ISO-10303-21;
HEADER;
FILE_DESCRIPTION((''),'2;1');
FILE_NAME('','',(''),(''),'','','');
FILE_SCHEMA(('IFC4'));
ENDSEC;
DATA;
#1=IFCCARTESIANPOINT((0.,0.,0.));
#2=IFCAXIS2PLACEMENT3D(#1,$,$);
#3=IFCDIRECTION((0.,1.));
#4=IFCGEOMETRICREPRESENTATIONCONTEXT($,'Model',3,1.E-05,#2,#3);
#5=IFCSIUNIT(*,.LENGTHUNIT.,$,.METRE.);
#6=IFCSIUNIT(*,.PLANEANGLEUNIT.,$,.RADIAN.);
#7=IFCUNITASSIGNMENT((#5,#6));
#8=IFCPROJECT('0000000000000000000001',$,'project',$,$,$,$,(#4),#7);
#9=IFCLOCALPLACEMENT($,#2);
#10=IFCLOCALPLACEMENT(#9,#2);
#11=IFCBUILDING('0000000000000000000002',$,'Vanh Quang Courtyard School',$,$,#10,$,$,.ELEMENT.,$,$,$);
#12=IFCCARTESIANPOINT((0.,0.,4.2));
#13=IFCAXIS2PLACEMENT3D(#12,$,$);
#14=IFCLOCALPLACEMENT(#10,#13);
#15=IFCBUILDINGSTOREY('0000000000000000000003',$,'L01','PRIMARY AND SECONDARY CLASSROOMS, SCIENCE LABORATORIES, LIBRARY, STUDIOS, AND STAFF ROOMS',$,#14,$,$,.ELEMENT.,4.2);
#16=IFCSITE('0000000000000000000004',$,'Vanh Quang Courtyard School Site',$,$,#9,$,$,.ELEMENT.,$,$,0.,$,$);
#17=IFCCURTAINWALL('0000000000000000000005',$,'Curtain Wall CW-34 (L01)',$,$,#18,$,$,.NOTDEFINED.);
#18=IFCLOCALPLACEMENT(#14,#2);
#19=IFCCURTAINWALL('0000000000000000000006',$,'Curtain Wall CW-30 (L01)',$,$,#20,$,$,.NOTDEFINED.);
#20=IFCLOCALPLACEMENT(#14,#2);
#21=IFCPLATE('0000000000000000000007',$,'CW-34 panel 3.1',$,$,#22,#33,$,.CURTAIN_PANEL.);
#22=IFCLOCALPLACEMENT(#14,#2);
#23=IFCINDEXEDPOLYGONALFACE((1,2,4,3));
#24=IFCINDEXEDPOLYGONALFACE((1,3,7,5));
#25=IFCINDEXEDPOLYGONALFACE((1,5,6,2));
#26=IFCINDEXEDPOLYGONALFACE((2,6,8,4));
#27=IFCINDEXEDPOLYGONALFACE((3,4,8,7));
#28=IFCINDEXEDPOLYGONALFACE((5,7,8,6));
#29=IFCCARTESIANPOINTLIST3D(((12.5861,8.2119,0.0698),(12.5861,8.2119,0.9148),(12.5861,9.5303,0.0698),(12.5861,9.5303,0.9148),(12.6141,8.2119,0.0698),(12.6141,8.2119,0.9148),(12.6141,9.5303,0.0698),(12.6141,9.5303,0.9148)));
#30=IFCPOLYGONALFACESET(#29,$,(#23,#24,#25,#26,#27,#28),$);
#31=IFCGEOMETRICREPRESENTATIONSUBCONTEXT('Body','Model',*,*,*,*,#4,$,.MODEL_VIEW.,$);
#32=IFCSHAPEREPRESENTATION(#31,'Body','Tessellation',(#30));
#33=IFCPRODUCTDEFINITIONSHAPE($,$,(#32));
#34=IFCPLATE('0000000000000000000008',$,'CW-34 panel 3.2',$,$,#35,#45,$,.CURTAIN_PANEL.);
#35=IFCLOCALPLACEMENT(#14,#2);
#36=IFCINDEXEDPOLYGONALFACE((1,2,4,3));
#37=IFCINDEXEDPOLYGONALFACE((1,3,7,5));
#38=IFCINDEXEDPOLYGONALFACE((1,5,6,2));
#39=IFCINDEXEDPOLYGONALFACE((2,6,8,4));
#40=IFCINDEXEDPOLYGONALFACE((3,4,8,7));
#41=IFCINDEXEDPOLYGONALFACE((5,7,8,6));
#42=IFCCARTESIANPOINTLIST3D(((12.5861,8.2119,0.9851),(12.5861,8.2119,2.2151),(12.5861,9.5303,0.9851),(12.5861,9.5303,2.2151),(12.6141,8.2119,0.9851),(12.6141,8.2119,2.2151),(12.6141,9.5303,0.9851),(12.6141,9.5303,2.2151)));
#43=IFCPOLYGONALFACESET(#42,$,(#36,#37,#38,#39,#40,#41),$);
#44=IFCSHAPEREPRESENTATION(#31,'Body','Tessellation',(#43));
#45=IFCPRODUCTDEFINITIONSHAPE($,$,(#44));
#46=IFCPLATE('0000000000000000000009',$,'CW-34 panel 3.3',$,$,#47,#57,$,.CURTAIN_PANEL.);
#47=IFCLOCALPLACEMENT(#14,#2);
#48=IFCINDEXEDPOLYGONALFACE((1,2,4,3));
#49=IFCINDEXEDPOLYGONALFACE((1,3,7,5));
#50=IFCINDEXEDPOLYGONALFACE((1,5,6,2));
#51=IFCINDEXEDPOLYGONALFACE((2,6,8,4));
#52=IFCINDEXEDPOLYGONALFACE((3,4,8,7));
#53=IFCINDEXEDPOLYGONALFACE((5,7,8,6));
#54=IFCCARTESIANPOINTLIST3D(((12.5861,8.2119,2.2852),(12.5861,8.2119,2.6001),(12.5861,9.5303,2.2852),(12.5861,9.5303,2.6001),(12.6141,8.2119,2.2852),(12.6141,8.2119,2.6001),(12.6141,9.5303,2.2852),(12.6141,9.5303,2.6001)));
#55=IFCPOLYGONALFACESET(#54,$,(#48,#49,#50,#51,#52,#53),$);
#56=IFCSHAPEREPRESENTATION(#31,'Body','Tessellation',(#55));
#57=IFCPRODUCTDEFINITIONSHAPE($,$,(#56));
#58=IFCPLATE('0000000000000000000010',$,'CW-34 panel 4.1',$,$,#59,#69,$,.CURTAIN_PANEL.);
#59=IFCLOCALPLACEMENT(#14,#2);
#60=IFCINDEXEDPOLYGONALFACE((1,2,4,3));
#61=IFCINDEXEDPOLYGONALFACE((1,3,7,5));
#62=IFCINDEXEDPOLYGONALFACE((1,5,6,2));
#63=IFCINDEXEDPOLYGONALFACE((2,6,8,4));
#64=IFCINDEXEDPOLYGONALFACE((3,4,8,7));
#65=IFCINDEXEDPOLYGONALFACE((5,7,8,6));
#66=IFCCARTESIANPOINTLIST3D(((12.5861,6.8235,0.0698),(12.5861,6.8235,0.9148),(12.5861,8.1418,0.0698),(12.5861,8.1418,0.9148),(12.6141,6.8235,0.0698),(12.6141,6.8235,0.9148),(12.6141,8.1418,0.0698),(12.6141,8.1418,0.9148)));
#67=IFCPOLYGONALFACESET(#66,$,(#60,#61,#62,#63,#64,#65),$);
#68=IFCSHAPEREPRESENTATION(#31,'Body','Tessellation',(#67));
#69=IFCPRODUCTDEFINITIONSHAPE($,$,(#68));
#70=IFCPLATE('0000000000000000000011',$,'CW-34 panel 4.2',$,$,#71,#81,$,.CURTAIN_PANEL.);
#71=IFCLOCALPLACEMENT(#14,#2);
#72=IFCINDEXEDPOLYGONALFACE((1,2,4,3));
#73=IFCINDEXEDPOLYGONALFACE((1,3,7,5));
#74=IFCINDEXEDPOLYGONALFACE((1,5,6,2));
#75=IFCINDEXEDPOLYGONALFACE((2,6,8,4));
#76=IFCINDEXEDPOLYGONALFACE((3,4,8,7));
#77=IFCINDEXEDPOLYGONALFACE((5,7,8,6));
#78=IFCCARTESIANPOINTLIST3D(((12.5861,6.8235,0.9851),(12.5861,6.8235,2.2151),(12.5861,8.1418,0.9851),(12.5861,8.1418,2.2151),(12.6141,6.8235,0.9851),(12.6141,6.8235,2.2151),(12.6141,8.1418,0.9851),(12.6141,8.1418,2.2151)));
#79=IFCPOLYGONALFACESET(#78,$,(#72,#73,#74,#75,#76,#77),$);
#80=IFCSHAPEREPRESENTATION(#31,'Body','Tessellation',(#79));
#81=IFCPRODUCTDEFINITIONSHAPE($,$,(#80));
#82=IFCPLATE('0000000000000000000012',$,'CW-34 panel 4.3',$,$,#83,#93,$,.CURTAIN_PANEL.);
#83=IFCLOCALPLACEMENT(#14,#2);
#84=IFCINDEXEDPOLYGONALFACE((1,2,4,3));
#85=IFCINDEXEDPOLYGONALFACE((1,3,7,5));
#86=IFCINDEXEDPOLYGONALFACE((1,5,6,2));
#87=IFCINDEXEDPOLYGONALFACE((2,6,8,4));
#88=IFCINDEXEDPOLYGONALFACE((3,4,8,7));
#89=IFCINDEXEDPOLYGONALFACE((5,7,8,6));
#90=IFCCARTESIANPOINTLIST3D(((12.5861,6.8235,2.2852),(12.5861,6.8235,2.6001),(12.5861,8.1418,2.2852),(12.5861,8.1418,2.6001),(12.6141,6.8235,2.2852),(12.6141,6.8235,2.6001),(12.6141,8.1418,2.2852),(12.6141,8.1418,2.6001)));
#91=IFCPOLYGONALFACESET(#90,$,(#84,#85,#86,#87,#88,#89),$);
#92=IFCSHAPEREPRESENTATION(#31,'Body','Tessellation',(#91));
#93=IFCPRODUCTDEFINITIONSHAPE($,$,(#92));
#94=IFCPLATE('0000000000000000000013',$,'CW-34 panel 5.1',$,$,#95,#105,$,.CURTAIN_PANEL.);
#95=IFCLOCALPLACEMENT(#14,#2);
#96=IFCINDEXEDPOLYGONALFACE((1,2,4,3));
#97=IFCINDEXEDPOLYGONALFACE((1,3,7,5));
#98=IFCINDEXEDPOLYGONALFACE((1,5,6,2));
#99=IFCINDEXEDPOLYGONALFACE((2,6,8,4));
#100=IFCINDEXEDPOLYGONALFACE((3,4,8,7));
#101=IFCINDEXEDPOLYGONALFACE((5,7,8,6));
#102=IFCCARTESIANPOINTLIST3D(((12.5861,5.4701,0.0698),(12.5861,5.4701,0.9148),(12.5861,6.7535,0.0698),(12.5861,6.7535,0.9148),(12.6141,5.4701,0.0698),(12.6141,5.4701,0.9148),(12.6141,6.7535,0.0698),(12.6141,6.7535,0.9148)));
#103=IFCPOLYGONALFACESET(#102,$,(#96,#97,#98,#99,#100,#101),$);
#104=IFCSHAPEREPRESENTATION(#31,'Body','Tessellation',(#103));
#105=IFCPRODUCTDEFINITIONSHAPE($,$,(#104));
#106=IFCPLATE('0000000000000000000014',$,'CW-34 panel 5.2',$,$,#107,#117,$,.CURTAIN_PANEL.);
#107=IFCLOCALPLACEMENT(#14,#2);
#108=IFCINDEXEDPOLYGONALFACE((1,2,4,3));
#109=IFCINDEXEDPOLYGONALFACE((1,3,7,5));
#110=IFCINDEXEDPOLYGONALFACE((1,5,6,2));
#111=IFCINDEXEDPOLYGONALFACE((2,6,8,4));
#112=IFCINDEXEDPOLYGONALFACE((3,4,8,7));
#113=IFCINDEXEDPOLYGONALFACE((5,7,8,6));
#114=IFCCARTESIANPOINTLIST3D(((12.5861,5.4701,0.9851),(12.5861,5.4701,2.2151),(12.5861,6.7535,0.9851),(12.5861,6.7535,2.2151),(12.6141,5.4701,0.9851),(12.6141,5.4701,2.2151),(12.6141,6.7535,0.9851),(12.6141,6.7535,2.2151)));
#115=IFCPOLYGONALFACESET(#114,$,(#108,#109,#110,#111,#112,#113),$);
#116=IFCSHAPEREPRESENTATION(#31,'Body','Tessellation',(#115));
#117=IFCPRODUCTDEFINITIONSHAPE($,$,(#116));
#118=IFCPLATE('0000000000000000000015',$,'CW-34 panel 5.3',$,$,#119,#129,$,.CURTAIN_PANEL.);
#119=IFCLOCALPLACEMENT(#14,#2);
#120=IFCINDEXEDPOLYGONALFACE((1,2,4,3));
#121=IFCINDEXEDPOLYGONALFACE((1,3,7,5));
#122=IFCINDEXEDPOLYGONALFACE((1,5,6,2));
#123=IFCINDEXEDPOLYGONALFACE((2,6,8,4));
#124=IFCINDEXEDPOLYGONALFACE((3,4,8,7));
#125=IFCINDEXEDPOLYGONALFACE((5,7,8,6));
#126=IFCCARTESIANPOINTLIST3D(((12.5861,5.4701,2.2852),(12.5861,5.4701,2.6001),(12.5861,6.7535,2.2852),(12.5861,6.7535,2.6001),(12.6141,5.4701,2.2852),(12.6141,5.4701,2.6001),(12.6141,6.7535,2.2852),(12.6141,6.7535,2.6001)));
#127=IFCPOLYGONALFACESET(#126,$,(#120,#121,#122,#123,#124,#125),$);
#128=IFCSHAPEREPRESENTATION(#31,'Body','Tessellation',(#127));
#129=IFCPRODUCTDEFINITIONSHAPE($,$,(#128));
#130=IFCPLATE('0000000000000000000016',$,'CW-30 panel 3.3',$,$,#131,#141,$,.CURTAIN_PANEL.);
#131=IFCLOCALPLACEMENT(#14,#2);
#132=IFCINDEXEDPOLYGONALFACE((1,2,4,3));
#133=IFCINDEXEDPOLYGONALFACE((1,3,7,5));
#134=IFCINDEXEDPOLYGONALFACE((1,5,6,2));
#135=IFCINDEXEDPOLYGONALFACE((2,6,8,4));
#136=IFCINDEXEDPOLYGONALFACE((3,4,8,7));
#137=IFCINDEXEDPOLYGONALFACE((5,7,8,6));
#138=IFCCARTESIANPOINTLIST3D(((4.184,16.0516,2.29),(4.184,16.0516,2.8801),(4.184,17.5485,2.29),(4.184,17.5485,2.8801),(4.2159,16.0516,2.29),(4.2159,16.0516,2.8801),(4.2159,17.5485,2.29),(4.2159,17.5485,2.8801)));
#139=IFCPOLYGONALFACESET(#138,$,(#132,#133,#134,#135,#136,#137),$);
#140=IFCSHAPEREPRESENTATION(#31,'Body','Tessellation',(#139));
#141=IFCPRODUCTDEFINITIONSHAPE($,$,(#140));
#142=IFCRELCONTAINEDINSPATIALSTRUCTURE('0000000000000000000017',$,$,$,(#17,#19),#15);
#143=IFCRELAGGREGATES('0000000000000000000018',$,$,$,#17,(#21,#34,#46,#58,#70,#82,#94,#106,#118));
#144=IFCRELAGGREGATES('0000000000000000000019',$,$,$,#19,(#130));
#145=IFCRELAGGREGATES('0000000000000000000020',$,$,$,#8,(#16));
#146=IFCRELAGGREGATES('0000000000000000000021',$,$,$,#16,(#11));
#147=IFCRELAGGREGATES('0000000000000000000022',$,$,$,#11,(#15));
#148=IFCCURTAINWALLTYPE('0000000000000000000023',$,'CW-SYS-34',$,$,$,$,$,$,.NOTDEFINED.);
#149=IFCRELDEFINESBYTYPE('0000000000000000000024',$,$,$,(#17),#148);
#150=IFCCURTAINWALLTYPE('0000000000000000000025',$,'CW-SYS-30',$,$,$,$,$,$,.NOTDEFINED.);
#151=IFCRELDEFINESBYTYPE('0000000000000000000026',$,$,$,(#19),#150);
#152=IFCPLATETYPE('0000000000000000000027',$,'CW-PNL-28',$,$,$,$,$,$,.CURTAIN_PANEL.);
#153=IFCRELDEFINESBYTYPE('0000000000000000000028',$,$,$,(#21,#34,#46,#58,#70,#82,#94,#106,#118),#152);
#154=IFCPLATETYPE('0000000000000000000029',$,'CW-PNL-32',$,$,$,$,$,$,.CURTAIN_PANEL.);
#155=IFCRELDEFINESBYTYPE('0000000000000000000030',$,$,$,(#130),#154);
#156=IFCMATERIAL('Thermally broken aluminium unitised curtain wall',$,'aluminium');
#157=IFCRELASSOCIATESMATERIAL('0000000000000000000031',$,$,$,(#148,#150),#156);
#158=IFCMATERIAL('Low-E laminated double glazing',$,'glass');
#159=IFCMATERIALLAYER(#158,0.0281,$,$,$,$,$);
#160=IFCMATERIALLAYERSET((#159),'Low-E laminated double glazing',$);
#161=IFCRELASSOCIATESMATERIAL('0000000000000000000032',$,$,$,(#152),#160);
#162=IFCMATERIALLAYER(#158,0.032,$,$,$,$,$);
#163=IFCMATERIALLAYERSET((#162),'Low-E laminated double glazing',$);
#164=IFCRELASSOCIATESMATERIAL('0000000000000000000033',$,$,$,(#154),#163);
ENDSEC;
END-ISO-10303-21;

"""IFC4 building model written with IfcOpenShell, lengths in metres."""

from ifc_helpers import new_model, si_unit, direction, frame, origin, origin_2d, place, context, subcontext, project, spatial, rectangle, extrude, material, layer, layer_set, type_object, element, aggregate, save


model = new_model("IFC4")

# Units and contexts
model_context = context("Model", 3, precision=1e-05, world=origin(), true_north=direction((0.0, 1.0)))
body_context = subcontext(model_context, "Body", "Model", "MODEL_VIEW")
ifc_project = project(units=[si_unit("LENGTHUNIT", "METRE"), si_unit("PLANEANGLEUNIT", "RADIAN")], contexts=[model_context])

# Site, building, storey
site_placement = place(None, origin())
site = spatial("IfcSite", under=ifc_project, at=site_placement, Name="Vanh Quang Courtyard School Site", CompositionType="ELEMENT", RefElevation=0.0)
building_placement = place(site_placement, origin())
building = spatial("IfcBuilding", under=site, at=building_placement, Name="Vanh Quang Courtyard School", CompositionType="ELEMENT")
storey_placement = place(building_placement, frame((0.0, 0.0, 4.2)))
storey = spatial("IfcBuildingStorey", under=building, at=storey_placement, Name="L01", Description="PRIMARY AND SECONDARY CLASSROOMS, SCIENCE LABORATORIES, LIBRARY, STUDIOS, AND STAFF ROOMS", CompositionType="ELEMENT", Elevation=4.2)

# Curtain wall
ifc_material_1 = material(Name="Thermally broken aluminium unitised curtain wall", Category="aluminium")
curtain_wall_type_1 = type_object("IfcCurtainWallType", Name="CW-SYS-34", PredefinedType="NOTDEFINED", material=ifc_material_1)
curtain_wall_1_placement = place(storey_placement, origin())
curtain_wall_1 = element("IfcCurtainWall", 1, at=curtain_wall_1_placement, inside=storey, type_object=curtain_wall_type_1, Name="Curtain Wall CW-34 (L01)", PredefinedType="NOTDEFINED")

# Curtain wall
curtain_wall_type_2 = type_object("IfcCurtainWallType", Name="CW-SYS-30", PredefinedType="NOTDEFINED", material=ifc_material_1)
curtain_wall_2_placement = place(storey_placement, origin())
curtain_wall_2 = element("IfcCurtainWall", 2, at=curtain_wall_2_placement, inside=storey, type_object=curtain_wall_type_2, Name="Curtain Wall CW-30 (L01)", PredefinedType="NOTDEFINED")

# Plates
ifc_material_2 = material(Name="Low-E laminated double glazing", Category="glass")
ifc_layer_1 = layer(ifc_material_2, 0.0281)
ifc_layer_set_1 = layer_set([ifc_layer_1], Name="Low-E laminated double glazing")
plate_type_1 = type_object("IfcPlateType", Name="CW-PNL-28", PredefinedType="CURTAIN_PANEL", material=ifc_layer_set_1)
plate_1_placement = place(storey_placement, frame((12.6001, 8.8711, 0.0698), z_axis=(0.0, 0.0, 1.0), x_axis=(0.0, -1.0, 0.0)))
plate_1 = element("IfcPlate", 3, at=plate_1_placement, type_object=plate_type_1, Name="CW-34 panel 3.1", PredefinedType="CURTAIN_PANEL", context=body_context, shape_type="SweptSolid", body=[
    extrude(rectangle(XDim=1.3184, YDim=0.0281, at=origin_2d()), origin(), (0.0, 0.0, 1.0), 0.845),
])
plate_2_placement = place(storey_placement, frame((12.6001, 8.8711, 0.9851), z_axis=(0.0, 0.0, 1.0), x_axis=(0.0, -1.0, 0.0)))
plate_2 = element("IfcPlate", 4, at=plate_2_placement, type_object=plate_type_1, Name="CW-34 panel 3.2", PredefinedType="CURTAIN_PANEL", context=body_context, shape_type="SweptSolid", body=[
    extrude(rectangle(XDim=1.3184, YDim=0.0281, at=origin_2d()), origin(), (0.0, 0.0, 1.0), 1.23),
])
plate_3_placement = place(storey_placement, frame((12.6001, 8.8711, 2.2852), z_axis=(0.0, 0.0, 1.0), x_axis=(0.0, -1.0, 0.0)))
plate_3 = element("IfcPlate", 5, at=plate_3_placement, type_object=plate_type_1, Name="CW-34 panel 3.3", PredefinedType="CURTAIN_PANEL", context=body_context, shape_type="SweptSolid", body=[
    extrude(rectangle(XDim=1.3184, YDim=0.0281, at=origin_2d()), origin(), (0.0, 0.0, 1.0), 0.3149),
])
plate_4_placement = place(storey_placement, frame((12.6001, 7.4827, 0.0698), z_axis=(0.0, 0.0, 1.0), x_axis=(0.0, -1.0, 0.0)))
plate_4 = element("IfcPlate", 6, at=plate_4_placement, type_object=plate_type_1, Name="CW-34 panel 4.1", PredefinedType="CURTAIN_PANEL", context=body_context, shape_type="SweptSolid", body=[
    extrude(rectangle(XDim=1.3184, YDim=0.0281, at=origin_2d()), origin(), (0.0, 0.0, 1.0), 0.845),
])
plate_5_placement = place(storey_placement, frame((12.6001, 7.4827, 0.9851), z_axis=(0.0, 0.0, 1.0), x_axis=(0.0, -1.0, 0.0)))
plate_5 = element("IfcPlate", 7, at=plate_5_placement, type_object=plate_type_1, Name="CW-34 panel 4.2", PredefinedType="CURTAIN_PANEL", context=body_context, shape_type="SweptSolid", body=[
    extrude(rectangle(XDim=1.3184, YDim=0.0281, at=origin_2d()), origin(), (0.0, 0.0, 1.0), 1.23),
])
plate_6_placement = place(storey_placement, frame((12.6001, 7.4827, 2.2852), z_axis=(0.0, 0.0, 1.0), x_axis=(0.0, -1.0, 0.0)))
plate_6 = element("IfcPlate", 8, at=plate_6_placement, type_object=plate_type_1, Name="CW-34 panel 4.3", PredefinedType="CURTAIN_PANEL", context=body_context, shape_type="SweptSolid", body=[
    extrude(rectangle(XDim=1.3184, YDim=0.0281, at=origin_2d()), origin(), (0.0, 0.0, 1.0), 0.3149),
])
plate_7_placement = place(storey_placement, frame((12.6001, 6.1118, 0.0698), z_axis=(0.0, 0.0, 1.0), x_axis=(0.0, -1.0, 0.0)))
plate_7 = element("IfcPlate", 9, at=plate_7_placement, type_object=plate_type_1, Name="CW-34 panel 5.1", PredefinedType="CURTAIN_PANEL", context=body_context, shape_type="SweptSolid", body=[
    extrude(rectangle(XDim=1.2834, YDim=0.0281, at=origin_2d()), origin(), (0.0, 0.0, 1.0), 0.845),
])
plate_8_placement = place(storey_placement, frame((12.6001, 6.1118, 0.9851), z_axis=(0.0, 0.0, 1.0), x_axis=(0.0, -1.0, 0.0)))
plate_8 = element("IfcPlate", 10, at=plate_8_placement, type_object=plate_type_1, Name="CW-34 panel 5.2", PredefinedType="CURTAIN_PANEL", context=body_context, shape_type="SweptSolid", body=[
    extrude(rectangle(XDim=1.2834, YDim=0.0281, at=origin_2d()), origin(), (0.0, 0.0, 1.0), 1.23),
])
plate_9_placement = place(storey_placement, frame((12.6001, 6.1118, 2.2852), z_axis=(0.0, 0.0, 1.0), x_axis=(0.0, -1.0, 0.0)))
plate_9 = element("IfcPlate", 11, at=plate_9_placement, type_object=plate_type_1, Name="CW-34 panel 5.3", PredefinedType="CURTAIN_PANEL", context=body_context, shape_type="SweptSolid", body=[
    extrude(rectangle(XDim=1.2834, YDim=0.0281, at=origin_2d()), origin(), (0.0, 0.0, 1.0), 0.3149),
])
aggregate(curtain_wall_1, [plate_1, plate_2, plate_3, plate_4, plate_5, plate_6, plate_7, plate_8, plate_9])
ifc_layer_2 = layer(ifc_material_2, 0.032)
ifc_layer_set_2 = layer_set([ifc_layer_2], Name="Low-E laminated double glazing")
plate_type_2 = type_object("IfcPlateType", Name="CW-PNL-32", PredefinedType="CURTAIN_PANEL", material=ifc_layer_set_2)
plate_10_placement = place(storey_placement, frame((4.2, 16.8, 2.29), z_axis=(0.0, 0.0, 1.0), x_axis=(0.0, 1.0, 0.0)))
plate_10 = element("IfcPlate", 12, at=plate_10_placement, type_object=plate_type_2, Name="CW-30 panel 3.3", PredefinedType="CURTAIN_PANEL", context=body_context, shape_type="SweptSolid", body=[
    extrude(rectangle(XDim=1.4968, YDim=0.032, at=origin_2d()), origin(), (0.0, 0.0, 1.0), 0.5901),
])
aggregate(curtain_wall_2, [plate_10])

save(model, "model.ifc")
